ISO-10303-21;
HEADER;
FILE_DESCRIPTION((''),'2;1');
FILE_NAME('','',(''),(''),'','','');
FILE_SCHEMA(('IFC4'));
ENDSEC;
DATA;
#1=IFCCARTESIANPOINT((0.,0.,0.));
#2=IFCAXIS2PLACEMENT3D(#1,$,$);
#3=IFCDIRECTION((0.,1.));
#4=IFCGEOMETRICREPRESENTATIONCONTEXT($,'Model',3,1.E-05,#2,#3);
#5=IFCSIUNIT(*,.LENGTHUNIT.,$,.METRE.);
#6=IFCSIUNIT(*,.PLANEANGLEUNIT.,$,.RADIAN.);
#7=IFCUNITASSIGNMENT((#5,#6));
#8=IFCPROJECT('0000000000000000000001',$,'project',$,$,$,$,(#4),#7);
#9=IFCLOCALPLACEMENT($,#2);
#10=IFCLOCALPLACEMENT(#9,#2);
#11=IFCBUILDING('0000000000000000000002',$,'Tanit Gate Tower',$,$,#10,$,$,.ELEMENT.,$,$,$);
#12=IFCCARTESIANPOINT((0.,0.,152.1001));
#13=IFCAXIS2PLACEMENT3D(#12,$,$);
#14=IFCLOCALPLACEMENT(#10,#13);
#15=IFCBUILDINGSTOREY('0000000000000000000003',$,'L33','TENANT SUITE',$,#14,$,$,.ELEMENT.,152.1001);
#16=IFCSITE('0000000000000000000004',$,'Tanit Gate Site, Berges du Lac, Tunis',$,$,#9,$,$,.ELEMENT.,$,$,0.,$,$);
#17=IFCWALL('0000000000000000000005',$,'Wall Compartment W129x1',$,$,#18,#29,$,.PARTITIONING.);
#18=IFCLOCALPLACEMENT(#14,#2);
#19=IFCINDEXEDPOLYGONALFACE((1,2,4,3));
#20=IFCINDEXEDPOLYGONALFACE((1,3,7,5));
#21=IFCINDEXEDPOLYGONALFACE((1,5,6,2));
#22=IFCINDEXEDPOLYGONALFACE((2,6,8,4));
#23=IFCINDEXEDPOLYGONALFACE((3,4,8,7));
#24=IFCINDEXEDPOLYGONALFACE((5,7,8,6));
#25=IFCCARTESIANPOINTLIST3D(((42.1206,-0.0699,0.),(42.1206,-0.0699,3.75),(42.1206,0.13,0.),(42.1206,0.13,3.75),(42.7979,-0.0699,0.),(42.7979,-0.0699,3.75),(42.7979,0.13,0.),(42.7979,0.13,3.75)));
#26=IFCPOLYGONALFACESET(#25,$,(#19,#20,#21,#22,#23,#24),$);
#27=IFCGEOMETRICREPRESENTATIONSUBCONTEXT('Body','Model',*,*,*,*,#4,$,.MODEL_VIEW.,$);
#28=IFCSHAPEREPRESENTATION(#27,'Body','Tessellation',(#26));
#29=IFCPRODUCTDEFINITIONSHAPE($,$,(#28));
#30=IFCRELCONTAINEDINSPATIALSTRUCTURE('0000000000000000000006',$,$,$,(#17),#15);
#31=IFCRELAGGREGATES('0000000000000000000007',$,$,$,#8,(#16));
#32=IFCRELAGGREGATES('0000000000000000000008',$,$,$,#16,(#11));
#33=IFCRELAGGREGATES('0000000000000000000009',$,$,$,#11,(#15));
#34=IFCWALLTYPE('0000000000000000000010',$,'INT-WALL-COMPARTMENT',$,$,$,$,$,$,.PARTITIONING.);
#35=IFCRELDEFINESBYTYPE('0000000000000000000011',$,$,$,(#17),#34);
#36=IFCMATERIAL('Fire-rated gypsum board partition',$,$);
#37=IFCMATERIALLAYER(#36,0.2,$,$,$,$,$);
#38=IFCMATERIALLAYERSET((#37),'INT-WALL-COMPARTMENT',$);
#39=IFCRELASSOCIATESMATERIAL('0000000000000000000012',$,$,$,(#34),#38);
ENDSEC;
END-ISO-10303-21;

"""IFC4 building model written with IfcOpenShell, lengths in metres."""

from ifc_helpers import new_model, si_unit, direction, frame, frame_2d, origin, place, context, subcontext, project, spatial, rectangle, extrude, material, layer, layer_set, type_object, element, save


model = new_model("IFC4")

# Units and contexts
model_context = context("Model", 3, precision=1e-05, world=origin(), true_north=direction((0.0, 1.0)))
body_context = subcontext(model_context, "Body", "Model", "MODEL_VIEW")
ifc_project = project(units=[si_unit("LENGTHUNIT", "METRE"), si_unit("PLANEANGLEUNIT", "RADIAN")], contexts=[model_context])

# Site, building, storey
site_placement = place(None, origin())
site = spatial("IfcSite", under=ifc_project, at=site_placement, Name="Tanit Gate Site, Berges du Lac, Tunis", CompositionType="ELEMENT", RefElevation=0.0)
building_placement = place(site_placement, origin())
building = spatial("IfcBuilding", under=site, at=building_placement, Name="Tanit Gate Tower", CompositionType="ELEMENT")
storey_placement = place(building_placement, frame((0.0, 0.0, 152.1001)))
storey = spatial("IfcBuildingStorey", under=building, at=storey_placement, Name="L33", Description="TENANT SUITE", CompositionType="ELEMENT", Elevation=152.1001)

# Wall
ifc_material_1 = material(Name="Fire-rated gypsum board partition")
ifc_layer_1 = layer(ifc_material_1, 0.2)
ifc_layer_set_1 = layer_set([ifc_layer_1], Name="INT-WALL-COMPARTMENT")
wall_type_1 = type_object("IfcWallType", Name="INT-WALL-COMPARTMENT", PredefinedType="PARTITIONING", material=ifc_layer_set_1)
wall_1_placement = place(storey_placement, frame((42.1206, 0.03, 0.0), z_axis=(0.0, 0.0, 1.0), x_axis=(1.0, 0.0, 0.0)))
element("IfcWall", 1, at=wall_1_placement, inside=storey, type_object=wall_type_1, Name="Wall Compartment W129x1", PredefinedType="PARTITIONING", context=body_context, shape_type="SweptSolid", body=[
    extrude(rectangle(XDim=0.6772, YDim=0.2, at=frame_2d((0.3386, 0.0))), origin(), (0.0, 0.0, 1.0), 3.75),
])

save(model, "model.ifc")
